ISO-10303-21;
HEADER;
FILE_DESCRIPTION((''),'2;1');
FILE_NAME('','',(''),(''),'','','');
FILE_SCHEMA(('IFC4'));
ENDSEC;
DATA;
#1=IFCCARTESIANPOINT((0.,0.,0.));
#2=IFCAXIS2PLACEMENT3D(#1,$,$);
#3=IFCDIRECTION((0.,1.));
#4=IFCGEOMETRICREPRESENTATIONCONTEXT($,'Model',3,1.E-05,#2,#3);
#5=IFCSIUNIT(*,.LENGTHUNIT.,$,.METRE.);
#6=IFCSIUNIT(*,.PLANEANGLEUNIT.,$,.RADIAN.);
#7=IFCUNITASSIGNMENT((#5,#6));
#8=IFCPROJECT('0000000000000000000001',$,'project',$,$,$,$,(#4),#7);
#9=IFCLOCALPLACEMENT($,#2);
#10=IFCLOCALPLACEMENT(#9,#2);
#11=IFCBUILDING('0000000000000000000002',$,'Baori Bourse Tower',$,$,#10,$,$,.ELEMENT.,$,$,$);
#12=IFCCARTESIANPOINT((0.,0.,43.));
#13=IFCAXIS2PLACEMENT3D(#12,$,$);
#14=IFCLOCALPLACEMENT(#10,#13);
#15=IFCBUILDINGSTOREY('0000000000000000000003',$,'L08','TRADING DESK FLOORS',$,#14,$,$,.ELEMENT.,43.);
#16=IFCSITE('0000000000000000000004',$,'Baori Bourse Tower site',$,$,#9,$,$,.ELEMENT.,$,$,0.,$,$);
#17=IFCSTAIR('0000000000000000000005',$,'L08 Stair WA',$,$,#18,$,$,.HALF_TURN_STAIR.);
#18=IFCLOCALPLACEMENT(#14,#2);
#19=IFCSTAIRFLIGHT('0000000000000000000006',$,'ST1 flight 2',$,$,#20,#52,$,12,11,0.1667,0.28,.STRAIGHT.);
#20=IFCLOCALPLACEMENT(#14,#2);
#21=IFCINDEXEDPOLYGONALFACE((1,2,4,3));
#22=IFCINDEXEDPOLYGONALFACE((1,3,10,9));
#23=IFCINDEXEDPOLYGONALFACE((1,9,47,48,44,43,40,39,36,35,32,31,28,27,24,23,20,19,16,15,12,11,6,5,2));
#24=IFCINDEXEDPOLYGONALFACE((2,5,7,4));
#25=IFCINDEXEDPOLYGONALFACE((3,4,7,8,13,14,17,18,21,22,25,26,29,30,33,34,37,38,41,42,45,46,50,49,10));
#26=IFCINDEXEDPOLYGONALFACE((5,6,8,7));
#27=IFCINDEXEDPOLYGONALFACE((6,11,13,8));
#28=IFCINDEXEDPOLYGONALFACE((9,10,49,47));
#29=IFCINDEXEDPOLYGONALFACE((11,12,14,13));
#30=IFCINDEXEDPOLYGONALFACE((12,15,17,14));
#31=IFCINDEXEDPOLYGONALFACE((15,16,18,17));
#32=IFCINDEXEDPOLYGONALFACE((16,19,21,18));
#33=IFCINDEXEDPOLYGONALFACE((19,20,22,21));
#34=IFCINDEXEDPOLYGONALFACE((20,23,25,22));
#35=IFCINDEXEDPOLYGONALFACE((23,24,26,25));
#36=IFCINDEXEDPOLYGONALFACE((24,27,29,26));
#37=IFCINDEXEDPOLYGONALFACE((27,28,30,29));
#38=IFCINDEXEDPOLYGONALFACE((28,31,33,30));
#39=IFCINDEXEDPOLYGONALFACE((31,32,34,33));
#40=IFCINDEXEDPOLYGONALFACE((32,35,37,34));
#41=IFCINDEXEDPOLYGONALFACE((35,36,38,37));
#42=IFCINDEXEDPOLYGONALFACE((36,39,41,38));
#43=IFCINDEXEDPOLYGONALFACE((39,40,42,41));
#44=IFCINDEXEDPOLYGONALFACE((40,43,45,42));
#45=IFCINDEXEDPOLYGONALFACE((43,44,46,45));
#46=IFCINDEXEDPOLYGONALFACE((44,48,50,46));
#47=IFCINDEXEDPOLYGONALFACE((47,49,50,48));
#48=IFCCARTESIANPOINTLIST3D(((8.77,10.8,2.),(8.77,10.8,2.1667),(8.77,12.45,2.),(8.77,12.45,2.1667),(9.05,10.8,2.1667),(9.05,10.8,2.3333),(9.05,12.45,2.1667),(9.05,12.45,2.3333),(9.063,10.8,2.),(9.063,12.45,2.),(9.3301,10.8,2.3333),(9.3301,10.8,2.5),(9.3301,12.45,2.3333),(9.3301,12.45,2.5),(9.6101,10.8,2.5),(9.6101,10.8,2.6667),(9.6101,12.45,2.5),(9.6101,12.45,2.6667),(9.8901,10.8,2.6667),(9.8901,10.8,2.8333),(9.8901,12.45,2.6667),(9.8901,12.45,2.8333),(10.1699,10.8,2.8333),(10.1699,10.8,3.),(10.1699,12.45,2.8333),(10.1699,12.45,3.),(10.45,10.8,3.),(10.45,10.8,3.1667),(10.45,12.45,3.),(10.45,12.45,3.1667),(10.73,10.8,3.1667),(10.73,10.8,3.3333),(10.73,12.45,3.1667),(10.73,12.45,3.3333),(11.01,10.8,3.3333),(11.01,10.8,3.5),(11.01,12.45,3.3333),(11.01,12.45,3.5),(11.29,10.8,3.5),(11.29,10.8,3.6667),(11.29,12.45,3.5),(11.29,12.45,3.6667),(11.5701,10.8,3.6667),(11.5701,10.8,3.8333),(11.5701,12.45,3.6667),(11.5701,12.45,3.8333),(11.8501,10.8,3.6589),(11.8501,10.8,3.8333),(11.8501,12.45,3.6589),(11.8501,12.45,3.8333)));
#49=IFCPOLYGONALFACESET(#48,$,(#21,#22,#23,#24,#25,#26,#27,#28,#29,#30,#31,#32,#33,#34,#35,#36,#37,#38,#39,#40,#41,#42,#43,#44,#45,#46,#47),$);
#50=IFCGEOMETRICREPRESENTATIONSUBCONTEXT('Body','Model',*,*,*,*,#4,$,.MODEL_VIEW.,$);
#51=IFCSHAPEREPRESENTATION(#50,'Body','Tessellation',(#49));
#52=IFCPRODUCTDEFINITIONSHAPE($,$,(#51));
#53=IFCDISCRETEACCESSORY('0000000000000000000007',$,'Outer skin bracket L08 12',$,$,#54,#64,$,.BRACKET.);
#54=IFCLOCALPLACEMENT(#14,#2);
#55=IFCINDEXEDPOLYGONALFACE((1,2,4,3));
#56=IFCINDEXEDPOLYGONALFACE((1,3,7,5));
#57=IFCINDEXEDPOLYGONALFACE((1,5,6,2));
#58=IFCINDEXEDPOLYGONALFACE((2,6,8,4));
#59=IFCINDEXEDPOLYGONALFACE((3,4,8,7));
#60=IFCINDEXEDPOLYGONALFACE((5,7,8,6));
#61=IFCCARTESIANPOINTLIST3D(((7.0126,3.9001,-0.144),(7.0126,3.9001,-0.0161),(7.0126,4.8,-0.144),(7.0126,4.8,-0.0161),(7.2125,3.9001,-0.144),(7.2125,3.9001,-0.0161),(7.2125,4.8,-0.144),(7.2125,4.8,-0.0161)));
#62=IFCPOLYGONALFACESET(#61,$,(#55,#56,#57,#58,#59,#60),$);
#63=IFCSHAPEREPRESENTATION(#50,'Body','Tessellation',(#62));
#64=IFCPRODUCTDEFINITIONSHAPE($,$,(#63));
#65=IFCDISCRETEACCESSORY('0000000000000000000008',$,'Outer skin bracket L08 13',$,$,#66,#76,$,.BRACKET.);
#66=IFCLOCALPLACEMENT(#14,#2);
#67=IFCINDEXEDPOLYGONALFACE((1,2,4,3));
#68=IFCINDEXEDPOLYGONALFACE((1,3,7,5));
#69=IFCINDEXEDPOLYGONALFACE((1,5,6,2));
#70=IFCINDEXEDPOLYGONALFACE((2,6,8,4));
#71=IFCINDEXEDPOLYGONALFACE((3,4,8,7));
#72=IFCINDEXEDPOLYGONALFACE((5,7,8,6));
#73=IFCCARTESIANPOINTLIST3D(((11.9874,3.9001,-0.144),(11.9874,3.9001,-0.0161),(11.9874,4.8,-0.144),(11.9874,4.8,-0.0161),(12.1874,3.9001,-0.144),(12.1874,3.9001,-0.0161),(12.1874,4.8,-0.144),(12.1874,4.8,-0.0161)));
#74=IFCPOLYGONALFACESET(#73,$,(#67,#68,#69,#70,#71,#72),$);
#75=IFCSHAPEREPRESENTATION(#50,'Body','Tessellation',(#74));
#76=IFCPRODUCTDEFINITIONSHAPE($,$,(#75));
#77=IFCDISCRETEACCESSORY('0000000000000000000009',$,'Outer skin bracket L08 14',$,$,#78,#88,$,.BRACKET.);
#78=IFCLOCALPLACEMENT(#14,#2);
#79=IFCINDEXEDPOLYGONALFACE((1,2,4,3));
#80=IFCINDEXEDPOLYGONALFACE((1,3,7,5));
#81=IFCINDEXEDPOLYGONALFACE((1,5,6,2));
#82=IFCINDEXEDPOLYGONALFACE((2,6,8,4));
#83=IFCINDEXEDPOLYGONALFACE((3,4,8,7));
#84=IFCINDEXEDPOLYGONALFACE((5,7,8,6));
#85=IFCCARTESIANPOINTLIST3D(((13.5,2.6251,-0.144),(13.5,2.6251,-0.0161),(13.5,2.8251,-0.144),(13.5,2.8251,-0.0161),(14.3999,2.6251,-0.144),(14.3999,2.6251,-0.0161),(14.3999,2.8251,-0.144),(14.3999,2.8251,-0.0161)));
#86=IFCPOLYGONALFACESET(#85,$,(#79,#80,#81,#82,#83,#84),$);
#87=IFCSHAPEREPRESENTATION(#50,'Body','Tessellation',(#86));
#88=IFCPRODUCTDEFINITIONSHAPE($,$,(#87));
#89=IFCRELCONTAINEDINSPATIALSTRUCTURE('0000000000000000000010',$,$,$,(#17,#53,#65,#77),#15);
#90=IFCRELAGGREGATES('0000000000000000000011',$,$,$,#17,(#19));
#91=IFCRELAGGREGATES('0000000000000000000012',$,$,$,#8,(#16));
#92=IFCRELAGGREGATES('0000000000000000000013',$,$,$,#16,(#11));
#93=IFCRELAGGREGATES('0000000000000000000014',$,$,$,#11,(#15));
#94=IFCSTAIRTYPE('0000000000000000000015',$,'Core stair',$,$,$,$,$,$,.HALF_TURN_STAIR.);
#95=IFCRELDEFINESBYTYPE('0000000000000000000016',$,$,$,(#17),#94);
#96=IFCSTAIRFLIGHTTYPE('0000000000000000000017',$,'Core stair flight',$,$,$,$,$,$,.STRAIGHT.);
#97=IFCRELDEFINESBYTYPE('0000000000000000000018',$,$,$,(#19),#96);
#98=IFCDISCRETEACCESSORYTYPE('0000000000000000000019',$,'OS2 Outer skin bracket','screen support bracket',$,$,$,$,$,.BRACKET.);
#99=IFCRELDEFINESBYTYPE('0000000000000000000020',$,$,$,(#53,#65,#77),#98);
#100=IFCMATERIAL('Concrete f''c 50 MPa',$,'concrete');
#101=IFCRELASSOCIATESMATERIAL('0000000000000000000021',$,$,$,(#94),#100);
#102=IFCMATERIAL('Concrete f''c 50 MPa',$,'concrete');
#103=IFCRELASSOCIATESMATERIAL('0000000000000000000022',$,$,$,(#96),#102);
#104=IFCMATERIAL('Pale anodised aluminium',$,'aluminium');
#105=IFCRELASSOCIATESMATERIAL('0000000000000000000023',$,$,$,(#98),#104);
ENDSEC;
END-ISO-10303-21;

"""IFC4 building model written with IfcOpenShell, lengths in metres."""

from ifc_helpers import new_model, si_unit, direction, frame, origin, origin_2d, place, context, subcontext, project, spatial, polyline, rectangle, outline, extrude, material, type_object, element, aggregate, save


model = new_model("IFC4")

# Units and contexts
model_context = context("Model", 3, precision=1e-05, world=origin(), true_north=direction((0.0, 1.0)))
body_context = subcontext(model_context, "Body", "Model", "MODEL_VIEW")
ifc_project = project(units=[si_unit("LENGTHUNIT", "METRE"), si_unit("PLANEANGLEUNIT", "RADIAN")], contexts=[model_context])

# Site, building, storey
site_placement = place(None, origin())
site = spatial("IfcSite", under=ifc_project, at=site_placement, Name="Baori Bourse Tower site", CompositionType="ELEMENT", RefElevation=0.0)
building_placement = place(site_placement, origin())
building = spatial("IfcBuilding", under=site, at=building_placement, Name="Baori Bourse Tower", CompositionType="ELEMENT")
storey_placement = place(building_placement, frame((0.0, 0.0, 43.0)))
storey = spatial("IfcBuildingStorey", under=building, at=storey_placement, Name="L08", Description="TRADING DESK FLOORS", CompositionType="ELEMENT", Elevation=43.0)

# Stair, stair flight
ifc_material_1 = material(Name="Concrete f'c 50 MPa", Category="concrete")
stair_type = type_object("IfcStairType", Name="Core stair", PredefinedType="HALF_TURN_STAIR", material=ifc_material_1)
stair_placement = place(storey_placement, origin())
stair = element("IfcStair", 1, at=stair_placement, inside=storey, type_object=stair_type, Name="L08 Stair WA", PredefinedType="HALF_TURN_STAIR")
ifc_material_2 = material(Name="Concrete f'c 50 MPa", Category="concrete")
stair_flight_type = type_object("IfcStairFlightType", Name="Core stair flight", PredefinedType="STRAIGHT", material=ifc_material_2)
stair_flight_1_placement = place(storey_placement, frame((8.77, 11.625, 2.0), z_axis=(0.0, 0.0, 1.0), x_axis=(1.0, 0.0, 0.0)))
stair_flight_1 = element("IfcStairFlight", 2, at=stair_flight_1_placement, type_object=stair_flight_type, Name="ST1 flight 2", NumberOfRisers=12, NumberOfTreads=11, PredefinedType="STRAIGHT", RiserHeight=0.1667, TreadLength=0.28, context=body_context, shape_type="SweptSolid", body=[
    extrude(outline(polyline([(0.0, 0.0), (0.0, 0.1667), (0.28, 0.1667), (0.28, 0.3333), (0.5601, 0.3333), (0.5601, 0.5), (0.8401, 0.5), (0.8401, 0.6667), (1.1201, 0.6667), (1.1201, 0.8333), (1.3999, 0.8333), (1.3999, 1.0), (1.6799, 1.0), (1.6799, 1.1667), (1.96, 1.1667), (1.96, 1.3333), (2.24, 1.3333), (2.24, 1.5), (2.52, 1.5), (2.52, 1.6667), (2.8, 1.6667), (2.8, 1.8333), (3.0801, 1.8333), (3.0801, 2.0), (3.0801, 1.6589), (0.293, 0.0), (0.0, 0.0)])), frame((0.0, 0.825, 0.0), z_axis=(0.0, -1.0, 0.0), x_axis=(1.0, 0.0, 0.0)), (0.0, 0.0, 1.0), 1.6499),
])
aggregate(stair, [stair_flight_1])

# Discrete accessories
ifc_material_3 = material(Name="Pale anodised aluminium", Category="aluminium")
discrete_accessory_type = type_object("IfcDiscreteAccessoryType", Name="OS2 Outer skin bracket", Description="screen support bracket", PredefinedType="BRACKET", material=ifc_material_3)
for number, where, z_axis, x_axis, name in (
    (3, (7.1125, 4.3501, -0.144), (0.0, 0.0, 1.0), (1.0, 0.0, 0.0), "Outer skin bracket L08 12"),
    (4, (12.0874, 4.3501, -0.144), (0.0, 0.0, 1.0), (1.0, 0.0, 0.0), "Outer skin bracket L08 13"),
    (5, (13.95, 2.7251, -0.144), (0.0, 0.0, 1.0), (0.0, -1.0, 0.0), "Outer skin bracket L08 14"),
):
    element("IfcDiscreteAccessory", number, at=place(storey_placement, frame(where, z_axis=z_axis, x_axis=x_axis)), inside=storey, type_object=discrete_accessory_type, Name=name, PredefinedType="BRACKET", context=body_context, shape_type="SweptSolid", body=[
        extrude(rectangle(XDim=0.2, YDim=0.8999, at=origin_2d()), origin(), (0.0, 0.0, 1.0), 0.1279),
    ])

save(model, "model.ifc")
